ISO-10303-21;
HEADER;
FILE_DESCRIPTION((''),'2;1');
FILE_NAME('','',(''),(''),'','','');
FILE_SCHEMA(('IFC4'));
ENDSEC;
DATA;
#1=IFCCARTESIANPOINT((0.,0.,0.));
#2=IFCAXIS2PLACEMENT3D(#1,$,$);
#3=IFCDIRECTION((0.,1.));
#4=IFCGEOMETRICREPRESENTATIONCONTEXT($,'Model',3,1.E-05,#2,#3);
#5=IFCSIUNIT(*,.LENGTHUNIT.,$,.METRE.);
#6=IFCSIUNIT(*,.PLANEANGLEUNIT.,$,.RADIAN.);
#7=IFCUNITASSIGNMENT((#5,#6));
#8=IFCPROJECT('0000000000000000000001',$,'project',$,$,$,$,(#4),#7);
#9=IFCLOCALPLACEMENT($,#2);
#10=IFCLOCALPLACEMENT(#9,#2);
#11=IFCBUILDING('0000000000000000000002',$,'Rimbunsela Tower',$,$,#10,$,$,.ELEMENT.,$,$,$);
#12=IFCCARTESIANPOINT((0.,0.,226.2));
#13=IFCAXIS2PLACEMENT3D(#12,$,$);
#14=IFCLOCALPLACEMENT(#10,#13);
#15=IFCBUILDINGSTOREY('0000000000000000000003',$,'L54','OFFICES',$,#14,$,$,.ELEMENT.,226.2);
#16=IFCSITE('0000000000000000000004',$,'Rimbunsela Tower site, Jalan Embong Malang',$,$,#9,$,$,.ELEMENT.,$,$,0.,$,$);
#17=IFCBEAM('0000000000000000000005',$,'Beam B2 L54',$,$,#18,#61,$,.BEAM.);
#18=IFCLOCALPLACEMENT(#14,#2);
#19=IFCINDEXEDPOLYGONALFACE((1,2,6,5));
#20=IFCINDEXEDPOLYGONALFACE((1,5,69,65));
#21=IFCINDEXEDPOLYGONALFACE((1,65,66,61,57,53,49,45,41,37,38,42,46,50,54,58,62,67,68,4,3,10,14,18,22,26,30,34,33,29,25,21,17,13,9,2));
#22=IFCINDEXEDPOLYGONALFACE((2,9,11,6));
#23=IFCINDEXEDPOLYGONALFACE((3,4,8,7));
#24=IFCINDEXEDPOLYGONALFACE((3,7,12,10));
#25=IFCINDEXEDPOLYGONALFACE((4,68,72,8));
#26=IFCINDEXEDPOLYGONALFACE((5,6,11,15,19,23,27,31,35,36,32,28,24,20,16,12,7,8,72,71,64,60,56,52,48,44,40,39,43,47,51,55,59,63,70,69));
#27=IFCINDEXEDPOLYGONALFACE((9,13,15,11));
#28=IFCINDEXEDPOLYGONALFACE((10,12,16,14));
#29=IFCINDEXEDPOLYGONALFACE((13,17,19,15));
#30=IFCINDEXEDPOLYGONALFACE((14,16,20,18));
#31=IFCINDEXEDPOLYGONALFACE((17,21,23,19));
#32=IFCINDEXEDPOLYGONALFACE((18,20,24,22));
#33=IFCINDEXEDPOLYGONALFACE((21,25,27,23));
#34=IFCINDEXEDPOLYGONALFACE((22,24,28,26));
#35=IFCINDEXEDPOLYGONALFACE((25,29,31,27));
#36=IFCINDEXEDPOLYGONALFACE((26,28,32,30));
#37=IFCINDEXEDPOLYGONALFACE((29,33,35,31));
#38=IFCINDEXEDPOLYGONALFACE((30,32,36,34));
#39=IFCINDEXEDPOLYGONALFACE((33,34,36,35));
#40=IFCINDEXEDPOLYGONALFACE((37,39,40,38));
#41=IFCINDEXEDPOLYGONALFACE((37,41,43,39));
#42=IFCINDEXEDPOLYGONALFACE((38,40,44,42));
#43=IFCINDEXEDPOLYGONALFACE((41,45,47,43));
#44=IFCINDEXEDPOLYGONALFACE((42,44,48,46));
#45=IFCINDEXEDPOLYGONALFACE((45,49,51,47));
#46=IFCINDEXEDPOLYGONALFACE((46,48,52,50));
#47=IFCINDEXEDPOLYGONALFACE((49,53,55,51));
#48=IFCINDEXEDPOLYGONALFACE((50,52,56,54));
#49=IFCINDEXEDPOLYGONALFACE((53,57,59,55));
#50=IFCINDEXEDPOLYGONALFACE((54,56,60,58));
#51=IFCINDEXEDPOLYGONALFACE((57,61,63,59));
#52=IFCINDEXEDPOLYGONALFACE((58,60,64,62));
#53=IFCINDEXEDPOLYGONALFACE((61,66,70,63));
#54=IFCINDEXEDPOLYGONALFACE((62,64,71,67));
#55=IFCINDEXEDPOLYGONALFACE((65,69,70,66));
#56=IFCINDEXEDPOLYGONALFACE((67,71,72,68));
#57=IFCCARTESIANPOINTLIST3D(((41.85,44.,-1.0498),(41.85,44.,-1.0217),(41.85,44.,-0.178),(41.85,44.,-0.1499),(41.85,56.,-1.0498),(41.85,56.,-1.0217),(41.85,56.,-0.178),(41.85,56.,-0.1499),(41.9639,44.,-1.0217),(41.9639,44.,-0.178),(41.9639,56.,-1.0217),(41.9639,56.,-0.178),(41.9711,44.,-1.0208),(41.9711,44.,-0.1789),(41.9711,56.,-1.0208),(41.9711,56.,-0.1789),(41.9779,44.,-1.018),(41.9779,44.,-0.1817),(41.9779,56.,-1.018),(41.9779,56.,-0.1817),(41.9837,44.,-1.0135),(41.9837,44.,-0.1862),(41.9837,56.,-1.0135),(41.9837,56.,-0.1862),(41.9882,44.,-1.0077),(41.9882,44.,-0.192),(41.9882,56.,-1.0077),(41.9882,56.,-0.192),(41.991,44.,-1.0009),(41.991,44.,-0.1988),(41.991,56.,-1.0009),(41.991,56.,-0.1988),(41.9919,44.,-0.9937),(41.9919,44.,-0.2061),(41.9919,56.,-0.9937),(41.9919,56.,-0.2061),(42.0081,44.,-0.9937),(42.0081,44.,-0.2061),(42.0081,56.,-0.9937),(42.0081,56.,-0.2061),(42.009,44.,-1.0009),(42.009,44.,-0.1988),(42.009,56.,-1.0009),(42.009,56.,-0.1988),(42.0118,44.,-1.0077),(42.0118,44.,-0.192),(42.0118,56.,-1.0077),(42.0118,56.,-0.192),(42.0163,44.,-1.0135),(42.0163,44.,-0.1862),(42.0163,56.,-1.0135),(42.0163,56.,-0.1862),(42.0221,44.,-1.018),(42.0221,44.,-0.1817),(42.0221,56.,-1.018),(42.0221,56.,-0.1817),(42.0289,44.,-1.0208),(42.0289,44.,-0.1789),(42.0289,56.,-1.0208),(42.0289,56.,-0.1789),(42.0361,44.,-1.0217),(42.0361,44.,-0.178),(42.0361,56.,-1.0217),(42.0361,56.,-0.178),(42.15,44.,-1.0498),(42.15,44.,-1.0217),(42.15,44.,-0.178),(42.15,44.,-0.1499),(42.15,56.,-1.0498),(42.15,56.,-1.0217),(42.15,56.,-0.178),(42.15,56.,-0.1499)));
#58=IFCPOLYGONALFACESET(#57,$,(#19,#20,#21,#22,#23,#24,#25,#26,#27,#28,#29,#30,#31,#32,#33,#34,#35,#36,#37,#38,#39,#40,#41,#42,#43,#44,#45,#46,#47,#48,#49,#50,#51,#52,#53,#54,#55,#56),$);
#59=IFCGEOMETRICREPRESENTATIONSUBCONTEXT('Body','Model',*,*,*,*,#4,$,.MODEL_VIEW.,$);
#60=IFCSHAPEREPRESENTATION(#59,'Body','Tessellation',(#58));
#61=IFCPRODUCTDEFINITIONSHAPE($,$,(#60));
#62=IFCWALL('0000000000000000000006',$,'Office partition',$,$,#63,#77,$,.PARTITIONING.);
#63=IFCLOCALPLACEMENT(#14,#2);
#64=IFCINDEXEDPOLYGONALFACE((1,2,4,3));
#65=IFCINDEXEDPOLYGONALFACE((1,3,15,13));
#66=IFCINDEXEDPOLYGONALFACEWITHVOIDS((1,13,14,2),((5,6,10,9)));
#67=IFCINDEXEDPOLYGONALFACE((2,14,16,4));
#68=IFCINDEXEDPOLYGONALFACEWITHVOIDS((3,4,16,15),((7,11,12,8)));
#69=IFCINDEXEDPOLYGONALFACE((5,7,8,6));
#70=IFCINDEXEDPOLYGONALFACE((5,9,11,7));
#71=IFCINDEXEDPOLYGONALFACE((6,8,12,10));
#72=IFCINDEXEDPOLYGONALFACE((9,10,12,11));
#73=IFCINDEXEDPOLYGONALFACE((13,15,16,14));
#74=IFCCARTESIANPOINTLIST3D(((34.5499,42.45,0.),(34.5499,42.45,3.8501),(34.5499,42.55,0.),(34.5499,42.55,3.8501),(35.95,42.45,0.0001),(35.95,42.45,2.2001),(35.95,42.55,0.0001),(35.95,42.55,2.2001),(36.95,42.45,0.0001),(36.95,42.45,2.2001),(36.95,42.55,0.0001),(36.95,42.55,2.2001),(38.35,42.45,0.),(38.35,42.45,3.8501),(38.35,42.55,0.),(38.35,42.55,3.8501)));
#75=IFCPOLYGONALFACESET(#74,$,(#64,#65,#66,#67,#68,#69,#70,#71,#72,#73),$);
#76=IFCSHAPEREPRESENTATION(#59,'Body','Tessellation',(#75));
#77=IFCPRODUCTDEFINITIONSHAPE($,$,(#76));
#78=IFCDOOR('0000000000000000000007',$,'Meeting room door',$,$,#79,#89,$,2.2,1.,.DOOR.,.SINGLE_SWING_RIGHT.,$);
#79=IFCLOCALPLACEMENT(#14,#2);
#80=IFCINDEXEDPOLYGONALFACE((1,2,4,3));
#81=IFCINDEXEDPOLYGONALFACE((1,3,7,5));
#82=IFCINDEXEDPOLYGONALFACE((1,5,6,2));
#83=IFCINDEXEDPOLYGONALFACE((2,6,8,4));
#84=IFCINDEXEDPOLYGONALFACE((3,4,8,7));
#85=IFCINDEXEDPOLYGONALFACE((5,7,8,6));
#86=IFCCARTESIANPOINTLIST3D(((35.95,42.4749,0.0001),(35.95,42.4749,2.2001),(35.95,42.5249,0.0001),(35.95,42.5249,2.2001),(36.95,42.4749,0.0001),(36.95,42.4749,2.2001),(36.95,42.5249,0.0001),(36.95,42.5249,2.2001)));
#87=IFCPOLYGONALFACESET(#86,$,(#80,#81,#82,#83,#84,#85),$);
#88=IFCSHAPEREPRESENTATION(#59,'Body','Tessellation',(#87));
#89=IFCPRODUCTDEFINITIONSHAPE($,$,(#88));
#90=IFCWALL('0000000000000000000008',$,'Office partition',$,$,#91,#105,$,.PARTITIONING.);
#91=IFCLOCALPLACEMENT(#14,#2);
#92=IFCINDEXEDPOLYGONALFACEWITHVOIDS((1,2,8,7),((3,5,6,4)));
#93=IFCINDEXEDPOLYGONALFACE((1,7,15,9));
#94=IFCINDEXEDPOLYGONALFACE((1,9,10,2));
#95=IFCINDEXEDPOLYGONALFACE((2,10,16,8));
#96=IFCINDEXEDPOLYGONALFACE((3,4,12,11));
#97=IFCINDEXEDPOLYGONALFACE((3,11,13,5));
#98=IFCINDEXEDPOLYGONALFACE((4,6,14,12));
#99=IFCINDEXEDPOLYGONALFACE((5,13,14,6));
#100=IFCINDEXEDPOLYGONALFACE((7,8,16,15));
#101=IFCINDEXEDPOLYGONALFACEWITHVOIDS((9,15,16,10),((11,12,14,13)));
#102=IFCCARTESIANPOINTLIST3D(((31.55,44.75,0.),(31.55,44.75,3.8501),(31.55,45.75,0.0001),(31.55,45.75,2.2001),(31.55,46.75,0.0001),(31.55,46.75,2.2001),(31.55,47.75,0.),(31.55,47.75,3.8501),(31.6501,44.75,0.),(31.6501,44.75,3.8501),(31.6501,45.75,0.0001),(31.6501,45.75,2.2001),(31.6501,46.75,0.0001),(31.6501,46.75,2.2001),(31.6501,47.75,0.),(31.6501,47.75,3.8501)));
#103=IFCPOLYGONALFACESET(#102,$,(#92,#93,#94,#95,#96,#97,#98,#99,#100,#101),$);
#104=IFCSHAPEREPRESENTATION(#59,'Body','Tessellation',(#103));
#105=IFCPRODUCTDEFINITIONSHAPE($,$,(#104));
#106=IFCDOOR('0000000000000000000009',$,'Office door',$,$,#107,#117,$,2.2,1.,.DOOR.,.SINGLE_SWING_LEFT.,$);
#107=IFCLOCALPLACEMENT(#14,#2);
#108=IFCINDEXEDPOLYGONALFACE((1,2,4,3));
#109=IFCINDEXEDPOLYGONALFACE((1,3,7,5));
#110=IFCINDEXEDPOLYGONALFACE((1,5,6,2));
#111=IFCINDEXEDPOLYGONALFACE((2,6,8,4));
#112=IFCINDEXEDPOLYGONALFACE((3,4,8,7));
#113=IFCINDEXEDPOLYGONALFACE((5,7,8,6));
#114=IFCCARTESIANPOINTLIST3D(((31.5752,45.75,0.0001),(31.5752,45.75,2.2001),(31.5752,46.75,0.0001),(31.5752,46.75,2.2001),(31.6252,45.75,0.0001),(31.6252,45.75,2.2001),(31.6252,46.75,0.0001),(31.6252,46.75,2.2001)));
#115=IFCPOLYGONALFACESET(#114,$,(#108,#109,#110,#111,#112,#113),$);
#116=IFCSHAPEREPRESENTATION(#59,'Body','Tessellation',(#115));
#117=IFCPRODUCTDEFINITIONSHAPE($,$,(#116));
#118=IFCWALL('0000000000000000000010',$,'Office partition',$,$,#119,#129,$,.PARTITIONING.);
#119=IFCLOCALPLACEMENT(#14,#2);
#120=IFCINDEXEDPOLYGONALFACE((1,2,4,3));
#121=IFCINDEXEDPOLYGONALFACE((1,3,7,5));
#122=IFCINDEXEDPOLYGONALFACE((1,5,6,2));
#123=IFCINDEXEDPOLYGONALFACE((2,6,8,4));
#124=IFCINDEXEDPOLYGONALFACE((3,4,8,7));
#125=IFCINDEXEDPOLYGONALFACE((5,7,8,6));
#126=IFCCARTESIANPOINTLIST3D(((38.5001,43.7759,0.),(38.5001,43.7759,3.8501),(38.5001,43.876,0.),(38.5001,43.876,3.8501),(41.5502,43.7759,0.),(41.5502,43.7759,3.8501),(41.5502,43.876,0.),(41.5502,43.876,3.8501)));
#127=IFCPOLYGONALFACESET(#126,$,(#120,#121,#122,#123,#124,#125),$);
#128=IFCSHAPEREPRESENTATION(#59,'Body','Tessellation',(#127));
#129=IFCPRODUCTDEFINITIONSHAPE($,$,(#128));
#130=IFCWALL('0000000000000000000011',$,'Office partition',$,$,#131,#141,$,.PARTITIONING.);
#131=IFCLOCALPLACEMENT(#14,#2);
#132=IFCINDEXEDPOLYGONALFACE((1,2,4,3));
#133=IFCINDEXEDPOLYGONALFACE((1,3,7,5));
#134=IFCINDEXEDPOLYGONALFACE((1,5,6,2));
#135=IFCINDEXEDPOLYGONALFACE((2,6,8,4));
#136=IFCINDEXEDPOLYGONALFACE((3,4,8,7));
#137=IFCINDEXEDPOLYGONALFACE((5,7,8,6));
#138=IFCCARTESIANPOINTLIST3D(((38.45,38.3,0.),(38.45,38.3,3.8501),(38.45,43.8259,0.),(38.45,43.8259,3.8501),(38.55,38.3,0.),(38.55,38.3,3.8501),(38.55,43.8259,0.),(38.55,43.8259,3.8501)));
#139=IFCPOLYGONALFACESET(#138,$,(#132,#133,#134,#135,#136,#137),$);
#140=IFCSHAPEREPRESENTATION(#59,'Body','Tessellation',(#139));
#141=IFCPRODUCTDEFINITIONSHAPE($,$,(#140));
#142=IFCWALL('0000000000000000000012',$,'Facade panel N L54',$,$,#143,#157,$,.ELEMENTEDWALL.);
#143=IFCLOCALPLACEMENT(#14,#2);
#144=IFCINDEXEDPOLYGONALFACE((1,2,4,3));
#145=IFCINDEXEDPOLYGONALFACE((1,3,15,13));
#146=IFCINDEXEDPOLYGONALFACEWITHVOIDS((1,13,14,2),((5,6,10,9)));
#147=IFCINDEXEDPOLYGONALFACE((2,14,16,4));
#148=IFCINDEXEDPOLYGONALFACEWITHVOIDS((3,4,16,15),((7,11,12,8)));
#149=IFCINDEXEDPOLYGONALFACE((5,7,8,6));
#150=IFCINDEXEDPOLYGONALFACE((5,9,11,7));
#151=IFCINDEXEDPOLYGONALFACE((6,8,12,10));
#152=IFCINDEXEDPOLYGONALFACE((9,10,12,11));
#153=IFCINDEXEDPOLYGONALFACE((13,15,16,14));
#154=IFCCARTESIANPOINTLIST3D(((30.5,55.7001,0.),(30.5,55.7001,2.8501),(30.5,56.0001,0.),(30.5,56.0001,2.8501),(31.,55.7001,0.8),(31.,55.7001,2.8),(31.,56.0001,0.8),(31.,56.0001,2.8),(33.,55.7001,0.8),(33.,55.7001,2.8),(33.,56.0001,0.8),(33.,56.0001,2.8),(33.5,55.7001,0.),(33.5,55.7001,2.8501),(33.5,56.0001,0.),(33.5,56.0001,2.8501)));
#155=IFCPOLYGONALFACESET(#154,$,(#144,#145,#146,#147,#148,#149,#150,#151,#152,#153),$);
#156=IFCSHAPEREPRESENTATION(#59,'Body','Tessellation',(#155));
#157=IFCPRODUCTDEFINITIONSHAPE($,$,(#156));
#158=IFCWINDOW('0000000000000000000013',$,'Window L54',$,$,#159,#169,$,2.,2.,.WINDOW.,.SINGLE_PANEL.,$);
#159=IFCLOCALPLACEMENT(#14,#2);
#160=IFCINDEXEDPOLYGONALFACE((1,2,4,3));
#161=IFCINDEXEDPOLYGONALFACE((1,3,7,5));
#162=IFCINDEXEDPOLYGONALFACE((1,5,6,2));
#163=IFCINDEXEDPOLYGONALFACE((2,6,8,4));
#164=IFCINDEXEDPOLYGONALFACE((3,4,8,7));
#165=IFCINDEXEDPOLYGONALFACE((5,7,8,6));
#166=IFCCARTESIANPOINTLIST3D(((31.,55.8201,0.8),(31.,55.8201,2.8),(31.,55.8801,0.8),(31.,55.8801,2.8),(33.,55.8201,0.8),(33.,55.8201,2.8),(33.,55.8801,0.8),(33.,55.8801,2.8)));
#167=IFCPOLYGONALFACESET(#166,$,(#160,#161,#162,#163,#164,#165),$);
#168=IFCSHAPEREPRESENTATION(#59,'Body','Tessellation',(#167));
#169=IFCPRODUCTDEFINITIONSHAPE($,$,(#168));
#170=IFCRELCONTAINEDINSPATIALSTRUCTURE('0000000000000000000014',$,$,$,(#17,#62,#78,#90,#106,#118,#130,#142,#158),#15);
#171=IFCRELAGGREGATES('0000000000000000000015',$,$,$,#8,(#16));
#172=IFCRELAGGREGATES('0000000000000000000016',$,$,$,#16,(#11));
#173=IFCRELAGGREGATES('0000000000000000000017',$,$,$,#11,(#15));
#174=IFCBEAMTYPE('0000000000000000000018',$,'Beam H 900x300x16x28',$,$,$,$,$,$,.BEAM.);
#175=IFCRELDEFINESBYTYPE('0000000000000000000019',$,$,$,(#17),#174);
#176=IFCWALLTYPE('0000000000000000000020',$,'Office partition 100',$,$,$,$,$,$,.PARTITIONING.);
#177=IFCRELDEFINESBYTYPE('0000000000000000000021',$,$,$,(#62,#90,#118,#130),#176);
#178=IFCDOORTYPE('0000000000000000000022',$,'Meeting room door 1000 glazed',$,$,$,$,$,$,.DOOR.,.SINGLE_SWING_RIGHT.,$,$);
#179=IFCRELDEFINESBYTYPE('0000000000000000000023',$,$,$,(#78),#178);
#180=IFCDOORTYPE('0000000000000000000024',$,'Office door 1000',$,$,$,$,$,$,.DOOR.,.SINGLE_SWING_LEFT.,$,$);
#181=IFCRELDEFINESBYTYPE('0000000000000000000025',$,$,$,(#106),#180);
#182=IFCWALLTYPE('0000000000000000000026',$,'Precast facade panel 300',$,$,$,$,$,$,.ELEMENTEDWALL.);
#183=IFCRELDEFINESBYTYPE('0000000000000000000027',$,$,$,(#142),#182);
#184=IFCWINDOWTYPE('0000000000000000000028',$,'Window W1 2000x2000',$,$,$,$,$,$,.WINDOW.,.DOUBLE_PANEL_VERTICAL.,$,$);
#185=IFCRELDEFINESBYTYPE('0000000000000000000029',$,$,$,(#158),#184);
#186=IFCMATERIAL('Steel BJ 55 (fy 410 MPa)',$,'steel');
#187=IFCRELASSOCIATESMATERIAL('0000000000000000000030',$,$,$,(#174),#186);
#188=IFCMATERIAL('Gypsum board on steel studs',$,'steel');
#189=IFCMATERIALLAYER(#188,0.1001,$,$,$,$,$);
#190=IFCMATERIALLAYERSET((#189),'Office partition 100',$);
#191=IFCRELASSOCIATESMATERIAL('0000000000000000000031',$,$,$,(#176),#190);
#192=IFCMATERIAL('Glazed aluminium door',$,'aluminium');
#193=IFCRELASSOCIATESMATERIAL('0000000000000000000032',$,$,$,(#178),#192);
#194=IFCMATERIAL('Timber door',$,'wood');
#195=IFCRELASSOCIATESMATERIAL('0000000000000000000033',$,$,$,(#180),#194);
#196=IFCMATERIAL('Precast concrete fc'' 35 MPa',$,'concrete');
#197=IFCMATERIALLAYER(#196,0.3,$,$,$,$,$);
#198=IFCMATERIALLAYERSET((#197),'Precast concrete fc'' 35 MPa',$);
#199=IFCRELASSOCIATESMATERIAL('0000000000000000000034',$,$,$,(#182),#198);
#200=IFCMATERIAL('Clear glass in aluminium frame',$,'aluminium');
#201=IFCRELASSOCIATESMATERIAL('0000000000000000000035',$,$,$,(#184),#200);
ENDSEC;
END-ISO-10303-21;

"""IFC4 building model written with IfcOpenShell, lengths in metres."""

from ifc_helpers import new_model, si_unit, direction, frame, frame_2d, origin, origin_2d, place, context, subcontext, project, spatial, rectangle, i_section, extrude, material, layer, layer_set, material_profile, profile_set, type_object, element, fill, save


model = new_model("IFC4")

# Units and contexts
model_context = context("Model", 3, precision=1e-05, world=origin(), true_north=direction((0.0, 1.0)))
body_context = subcontext(model_context, "Body", "Model", "MODEL_VIEW")
ifc_project = project(units=[si_unit("LENGTHUNIT", "METRE"), si_unit("PLANEANGLEUNIT", "RADIAN")], contexts=[model_context])

# Site, building, storey
site_placement = place(None, origin())
site = spatial("IfcSite", under=ifc_project, at=site_placement, Name="Rimbunsela Tower site, Jalan Embong Malang", CompositionType="ELEMENT", RefElevation=0.0)
building_placement = place(site_placement, origin())
building = spatial("IfcBuilding", under=site, at=building_placement, Name="Rimbunsela Tower", CompositionType="ELEMENT")
storey_placement = place(building_placement, frame((0.0, 0.0, 226.2)))
storey = spatial("IfcBuildingStorey", under=building, at=storey_placement, Name="L54", Description="OFFICES", CompositionType="ELEMENT", Elevation=226.2)

# Beam
ifc_material_1 = material(Name="Steel BJ 55 (fy 410 MPa)", Category="steel")
ifc_material_profile_1 = material_profile(ifc_material_1, i_section(OverallWidth=0.3, OverallDepth=0.8999, WebThickness=0.0161, FlangeThickness=0.0281, FilletRadius=0.0281, at=origin_2d()), Name="H 900x300x16x28")
ifc_profile_set_1 = profile_set([ifc_material_profile_1], Name="Steel BJ 55 (fy 410 MPa)")
beam_type_1 = type_object("IfcBeamType", Name="Beam H 900x300x16x28", PredefinedType="BEAM", material=ifc_profile_set_1)
for number, where, z_axis, x_axis, name in (
    (1, (42.0, 44.0, -0.5999), (0.0, 1.0, 0.0), (-1.0, 0.0, 0.0), "Beam B2 L54"),
):
    element("IfcBeam", number, at=place(storey_placement, frame(where, z_axis=z_axis, x_axis=x_axis)), inside=storey, type_object=beam_type_1, Name=name, PredefinedType="BEAM", context=body_context, shape_type="SweptSolid", body=[
        extrude(i_section(OverallWidth=0.3, OverallDepth=0.8999, WebThickness=0.0161, FlangeThickness=0.0281, FilletRadius=0.0281, at=origin_2d()), origin(), (0.0, 0.0, 1.0), 12.0),
    ])

# Walls, openings, doors
ifc_material_2 = material(Name="Gypsum board on steel studs", Category="steel")
ifc_layer_1 = layer(ifc_material_2, 0.1001)
ifc_layer_set_1 = layer_set([ifc_layer_1], Name="Office partition 100")
wall_type_1 = type_object("IfcWallType", Name="Office partition 100", PredefinedType="PARTITIONING", material=ifc_layer_set_1)
wall_1_placement = place(storey_placement, frame((34.55, 42.5, 0.0), z_axis=(0.0, 0.0, 1.0), x_axis=(1.0, 0.0, 0.0)))
wall_1 = element("IfcWall", 2, at=wall_1_placement, inside=storey, type_object=wall_type_1, Name="Office partition", PredefinedType="PARTITIONING", context=body_context, shape_type="SweptSolid", body=[
    extrude(rectangle(XDim=3.8, YDim=0.1001, at=frame_2d((1.8999, 0.0))), origin(), (0.0, 0.0, 1.0), 3.8501),
])
opening_1_placement = place(wall_1_placement, frame((1.3999, 0.0, 0.0)))
opening_1 = element("IfcOpeningElement", 3, at=opening_1_placement, cuts=wall_1, PredefinedType="OPENING", context=body_context, shape_type="SweptSolid", body=[
    extrude(rectangle(XDim=1.0, YDim=2.2, at=frame_2d((0.5, 1.1001))), frame((0.0, 0.0601, 0.0), z_axis=(0.0, -1.0, 0.0), x_axis=(1.0, 0.0, 0.0)), (0.0, 0.0, 1.0), 0.1201),
])
ifc_material_3 = material(Name="Glazed aluminium door", Category="aluminium")
door_type_1 = type_object("IfcDoorType", Name="Meeting room door 1000 glazed", OperationType="SINGLE_SWING_RIGHT", PredefinedType="DOOR", material=ifc_material_3)
door_1_placement = place(opening_1_placement, origin())
door_1 = element("IfcDoor", 4, at=door_1_placement, inside=storey, type_object=door_type_1, Name="Meeting room door", OperationType="SINGLE_SWING_RIGHT", OverallHeight=2.2, OverallWidth=1.0, PredefinedType="DOOR", context=body_context, shape_type="SweptSolid", body=[
    extrude(rectangle(XDim=1.0, YDim=2.2, at=frame_2d((0.5, 1.1001))), frame((0.0, 0.0249, 0.0), z_axis=(0.0, -1.0, 0.0), x_axis=(1.0, 0.0, 0.0)), (0.0, 0.0, 1.0), 0.05),
])
fill(opening_1, door_1)
wall_2_placement = place(storey_placement, frame((31.6001, 44.75, 0.0), z_axis=(0.0, 0.0, 1.0), x_axis=(0.0, 1.0, 0.0)))
wall_2 = element("IfcWall", 5, at=wall_2_placement, inside=storey, type_object=wall_type_1, Name="Office partition", PredefinedType="PARTITIONING", context=body_context, shape_type="SweptSolid", body=[
    extrude(rectangle(XDim=3.0, YDim=0.1001, at=frame_2d((1.5, 0.0))), origin(), (0.0, 0.0, 1.0), 3.8501),
])
opening_2_placement = place(wall_2_placement, frame((1.0, 0.0, 0.0)))
opening_2 = element("IfcOpeningElement", 6, at=opening_2_placement, cuts=wall_2, PredefinedType="OPENING", context=body_context, shape_type="SweptSolid", body=[
    extrude(rectangle(XDim=1.0, YDim=2.2, at=frame_2d((0.5, 1.1001))), frame((0.0, 0.0601, 0.0), z_axis=(0.0, -1.0, 0.0), x_axis=(1.0, 0.0, 0.0)), (0.0, 0.0, 1.0), 0.1201),
])
ifc_material_4 = material(Name="Timber door", Category="wood")
door_type_2 = type_object("IfcDoorType", Name="Office door 1000", OperationType="SINGLE_SWING_LEFT", PredefinedType="DOOR", material=ifc_material_4)
door_2_placement = place(opening_2_placement, origin())
door_2 = element("IfcDoor", 7, at=door_2_placement, inside=storey, type_object=door_type_2, Name="Office door", OperationType="SINGLE_SWING_LEFT", OverallHeight=2.2, OverallWidth=1.0, PredefinedType="DOOR", context=body_context, shape_type="SweptSolid", body=[
    extrude(rectangle(XDim=1.0, YDim=2.2, at=frame_2d((0.5, 1.1001))), frame((0.0, 0.0249, 0.0), z_axis=(0.0, -1.0, 0.0), x_axis=(1.0, 0.0, 0.0)), (0.0, 0.0, 1.0), 0.05),
])
fill(opening_2, door_2)

# Walls
wall_3_placement = place(storey_placement, frame((41.55, 43.8259, 0.0), z_axis=(0.0, 0.0, 1.0), x_axis=(-1.0, 0.0, 0.0)))
element("IfcWall", 8, at=wall_3_placement, inside=storey, type_object=wall_type_1, Name="Office partition", PredefinedType="PARTITIONING", context=body_context, shape_type="SweptSolid", body=[
    extrude(rectangle(XDim=3.05, YDim=0.1001, at=frame_2d((1.5249, 0.0))), origin(), (0.0, 0.0, 1.0), 3.8501),
])
wall_4_placement = place(storey_placement, frame((38.5, 43.8259, 0.0), z_axis=(0.0, 0.0, 1.0), x_axis=(0.0, -1.0, 0.0)))
element("IfcWall", 9, at=wall_4_placement, inside=storey, type_object=wall_type_1, Name="Office partition", PredefinedType="PARTITIONING", context=body_context, shape_type="SweptSolid", body=[
    extrude(rectangle(XDim=5.5259, YDim=0.1001, at=frame_2d((2.7629, 0.0))), origin(), (0.0, 0.0, 1.0), 3.8501),
])

# Wall, opening, window
ifc_material_5 = material(Name="Precast concrete fc' 35 MPa", Category="concrete")
ifc_layer_2 = layer(ifc_material_5, 0.3)
ifc_layer_set_2 = layer_set([ifc_layer_2], Name="Precast concrete fc' 35 MPa")
wall_type_2 = type_object("IfcWallType", Name="Precast facade panel 300", PredefinedType="ELEMENTEDWALL", material=ifc_layer_set_2)
wall_5_placement = place(storey_placement, frame((33.5, 55.8501, 0.0), z_axis=(0.0, 0.0, 1.0), x_axis=(-1.0, 0.0, 0.0)))
wall_5 = element("IfcWall", 10, at=wall_5_placement, inside=storey, type_object=wall_type_2, Name="Facade panel N L54", PredefinedType="ELEMENTEDWALL", context=body_context, shape_type="SweptSolid", body=[
    extrude(rectangle(XDim=3.0, YDim=0.3, at=frame_2d((1.5, 0.0))), origin(), (0.0, 0.0, 1.0), 2.8501),
])
opening_3_placement = place(wall_5_placement, frame((0.5, 0.0, 0.8)))
opening_3 = element("IfcOpeningElement", 11, at=opening_3_placement, cuts=wall_5, PredefinedType="OPENING", context=body_context, shape_type="SweptSolid", body=[
    extrude(rectangle(XDim=2.0, YDim=2.0, at=frame_2d((1.0, 1.0))), frame((0.0, 0.1599, 0.0), z_axis=(0.0, -1.0, 0.0), x_axis=(1.0, 0.0, 0.0)), (0.0, 0.0, 1.0), 0.3201),
])
ifc_material_6 = material(Name="Clear glass in aluminium frame", Category="aluminium")
window_type = type_object("IfcWindowType", Name="Window W1 2000x2000", PartitioningType="DOUBLE_PANEL_VERTICAL", PredefinedType="WINDOW", material=ifc_material_6)
window_1_placement = place(opening_3_placement, origin())
window_1 = element("IfcWindow", 12, at=window_1_placement, inside=storey, type_object=window_type, Name="Window L54", OverallHeight=2.0, OverallWidth=2.0, PartitioningType="SINGLE_PANEL", PredefinedType="WINDOW", context=body_context, shape_type="SweptSolid", body=[
    extrude(rectangle(XDim=2.0, YDim=2.0, at=frame_2d((1.0, 1.0))), frame((0.0, 0.03, 0.0), z_axis=(0.0, -1.0, 0.0), x_axis=(1.0, 0.0, 0.0)), (0.0, 0.0, 1.0), 0.0601),
])
fill(opening_3, window_1)

save(model, "model.ifc")
